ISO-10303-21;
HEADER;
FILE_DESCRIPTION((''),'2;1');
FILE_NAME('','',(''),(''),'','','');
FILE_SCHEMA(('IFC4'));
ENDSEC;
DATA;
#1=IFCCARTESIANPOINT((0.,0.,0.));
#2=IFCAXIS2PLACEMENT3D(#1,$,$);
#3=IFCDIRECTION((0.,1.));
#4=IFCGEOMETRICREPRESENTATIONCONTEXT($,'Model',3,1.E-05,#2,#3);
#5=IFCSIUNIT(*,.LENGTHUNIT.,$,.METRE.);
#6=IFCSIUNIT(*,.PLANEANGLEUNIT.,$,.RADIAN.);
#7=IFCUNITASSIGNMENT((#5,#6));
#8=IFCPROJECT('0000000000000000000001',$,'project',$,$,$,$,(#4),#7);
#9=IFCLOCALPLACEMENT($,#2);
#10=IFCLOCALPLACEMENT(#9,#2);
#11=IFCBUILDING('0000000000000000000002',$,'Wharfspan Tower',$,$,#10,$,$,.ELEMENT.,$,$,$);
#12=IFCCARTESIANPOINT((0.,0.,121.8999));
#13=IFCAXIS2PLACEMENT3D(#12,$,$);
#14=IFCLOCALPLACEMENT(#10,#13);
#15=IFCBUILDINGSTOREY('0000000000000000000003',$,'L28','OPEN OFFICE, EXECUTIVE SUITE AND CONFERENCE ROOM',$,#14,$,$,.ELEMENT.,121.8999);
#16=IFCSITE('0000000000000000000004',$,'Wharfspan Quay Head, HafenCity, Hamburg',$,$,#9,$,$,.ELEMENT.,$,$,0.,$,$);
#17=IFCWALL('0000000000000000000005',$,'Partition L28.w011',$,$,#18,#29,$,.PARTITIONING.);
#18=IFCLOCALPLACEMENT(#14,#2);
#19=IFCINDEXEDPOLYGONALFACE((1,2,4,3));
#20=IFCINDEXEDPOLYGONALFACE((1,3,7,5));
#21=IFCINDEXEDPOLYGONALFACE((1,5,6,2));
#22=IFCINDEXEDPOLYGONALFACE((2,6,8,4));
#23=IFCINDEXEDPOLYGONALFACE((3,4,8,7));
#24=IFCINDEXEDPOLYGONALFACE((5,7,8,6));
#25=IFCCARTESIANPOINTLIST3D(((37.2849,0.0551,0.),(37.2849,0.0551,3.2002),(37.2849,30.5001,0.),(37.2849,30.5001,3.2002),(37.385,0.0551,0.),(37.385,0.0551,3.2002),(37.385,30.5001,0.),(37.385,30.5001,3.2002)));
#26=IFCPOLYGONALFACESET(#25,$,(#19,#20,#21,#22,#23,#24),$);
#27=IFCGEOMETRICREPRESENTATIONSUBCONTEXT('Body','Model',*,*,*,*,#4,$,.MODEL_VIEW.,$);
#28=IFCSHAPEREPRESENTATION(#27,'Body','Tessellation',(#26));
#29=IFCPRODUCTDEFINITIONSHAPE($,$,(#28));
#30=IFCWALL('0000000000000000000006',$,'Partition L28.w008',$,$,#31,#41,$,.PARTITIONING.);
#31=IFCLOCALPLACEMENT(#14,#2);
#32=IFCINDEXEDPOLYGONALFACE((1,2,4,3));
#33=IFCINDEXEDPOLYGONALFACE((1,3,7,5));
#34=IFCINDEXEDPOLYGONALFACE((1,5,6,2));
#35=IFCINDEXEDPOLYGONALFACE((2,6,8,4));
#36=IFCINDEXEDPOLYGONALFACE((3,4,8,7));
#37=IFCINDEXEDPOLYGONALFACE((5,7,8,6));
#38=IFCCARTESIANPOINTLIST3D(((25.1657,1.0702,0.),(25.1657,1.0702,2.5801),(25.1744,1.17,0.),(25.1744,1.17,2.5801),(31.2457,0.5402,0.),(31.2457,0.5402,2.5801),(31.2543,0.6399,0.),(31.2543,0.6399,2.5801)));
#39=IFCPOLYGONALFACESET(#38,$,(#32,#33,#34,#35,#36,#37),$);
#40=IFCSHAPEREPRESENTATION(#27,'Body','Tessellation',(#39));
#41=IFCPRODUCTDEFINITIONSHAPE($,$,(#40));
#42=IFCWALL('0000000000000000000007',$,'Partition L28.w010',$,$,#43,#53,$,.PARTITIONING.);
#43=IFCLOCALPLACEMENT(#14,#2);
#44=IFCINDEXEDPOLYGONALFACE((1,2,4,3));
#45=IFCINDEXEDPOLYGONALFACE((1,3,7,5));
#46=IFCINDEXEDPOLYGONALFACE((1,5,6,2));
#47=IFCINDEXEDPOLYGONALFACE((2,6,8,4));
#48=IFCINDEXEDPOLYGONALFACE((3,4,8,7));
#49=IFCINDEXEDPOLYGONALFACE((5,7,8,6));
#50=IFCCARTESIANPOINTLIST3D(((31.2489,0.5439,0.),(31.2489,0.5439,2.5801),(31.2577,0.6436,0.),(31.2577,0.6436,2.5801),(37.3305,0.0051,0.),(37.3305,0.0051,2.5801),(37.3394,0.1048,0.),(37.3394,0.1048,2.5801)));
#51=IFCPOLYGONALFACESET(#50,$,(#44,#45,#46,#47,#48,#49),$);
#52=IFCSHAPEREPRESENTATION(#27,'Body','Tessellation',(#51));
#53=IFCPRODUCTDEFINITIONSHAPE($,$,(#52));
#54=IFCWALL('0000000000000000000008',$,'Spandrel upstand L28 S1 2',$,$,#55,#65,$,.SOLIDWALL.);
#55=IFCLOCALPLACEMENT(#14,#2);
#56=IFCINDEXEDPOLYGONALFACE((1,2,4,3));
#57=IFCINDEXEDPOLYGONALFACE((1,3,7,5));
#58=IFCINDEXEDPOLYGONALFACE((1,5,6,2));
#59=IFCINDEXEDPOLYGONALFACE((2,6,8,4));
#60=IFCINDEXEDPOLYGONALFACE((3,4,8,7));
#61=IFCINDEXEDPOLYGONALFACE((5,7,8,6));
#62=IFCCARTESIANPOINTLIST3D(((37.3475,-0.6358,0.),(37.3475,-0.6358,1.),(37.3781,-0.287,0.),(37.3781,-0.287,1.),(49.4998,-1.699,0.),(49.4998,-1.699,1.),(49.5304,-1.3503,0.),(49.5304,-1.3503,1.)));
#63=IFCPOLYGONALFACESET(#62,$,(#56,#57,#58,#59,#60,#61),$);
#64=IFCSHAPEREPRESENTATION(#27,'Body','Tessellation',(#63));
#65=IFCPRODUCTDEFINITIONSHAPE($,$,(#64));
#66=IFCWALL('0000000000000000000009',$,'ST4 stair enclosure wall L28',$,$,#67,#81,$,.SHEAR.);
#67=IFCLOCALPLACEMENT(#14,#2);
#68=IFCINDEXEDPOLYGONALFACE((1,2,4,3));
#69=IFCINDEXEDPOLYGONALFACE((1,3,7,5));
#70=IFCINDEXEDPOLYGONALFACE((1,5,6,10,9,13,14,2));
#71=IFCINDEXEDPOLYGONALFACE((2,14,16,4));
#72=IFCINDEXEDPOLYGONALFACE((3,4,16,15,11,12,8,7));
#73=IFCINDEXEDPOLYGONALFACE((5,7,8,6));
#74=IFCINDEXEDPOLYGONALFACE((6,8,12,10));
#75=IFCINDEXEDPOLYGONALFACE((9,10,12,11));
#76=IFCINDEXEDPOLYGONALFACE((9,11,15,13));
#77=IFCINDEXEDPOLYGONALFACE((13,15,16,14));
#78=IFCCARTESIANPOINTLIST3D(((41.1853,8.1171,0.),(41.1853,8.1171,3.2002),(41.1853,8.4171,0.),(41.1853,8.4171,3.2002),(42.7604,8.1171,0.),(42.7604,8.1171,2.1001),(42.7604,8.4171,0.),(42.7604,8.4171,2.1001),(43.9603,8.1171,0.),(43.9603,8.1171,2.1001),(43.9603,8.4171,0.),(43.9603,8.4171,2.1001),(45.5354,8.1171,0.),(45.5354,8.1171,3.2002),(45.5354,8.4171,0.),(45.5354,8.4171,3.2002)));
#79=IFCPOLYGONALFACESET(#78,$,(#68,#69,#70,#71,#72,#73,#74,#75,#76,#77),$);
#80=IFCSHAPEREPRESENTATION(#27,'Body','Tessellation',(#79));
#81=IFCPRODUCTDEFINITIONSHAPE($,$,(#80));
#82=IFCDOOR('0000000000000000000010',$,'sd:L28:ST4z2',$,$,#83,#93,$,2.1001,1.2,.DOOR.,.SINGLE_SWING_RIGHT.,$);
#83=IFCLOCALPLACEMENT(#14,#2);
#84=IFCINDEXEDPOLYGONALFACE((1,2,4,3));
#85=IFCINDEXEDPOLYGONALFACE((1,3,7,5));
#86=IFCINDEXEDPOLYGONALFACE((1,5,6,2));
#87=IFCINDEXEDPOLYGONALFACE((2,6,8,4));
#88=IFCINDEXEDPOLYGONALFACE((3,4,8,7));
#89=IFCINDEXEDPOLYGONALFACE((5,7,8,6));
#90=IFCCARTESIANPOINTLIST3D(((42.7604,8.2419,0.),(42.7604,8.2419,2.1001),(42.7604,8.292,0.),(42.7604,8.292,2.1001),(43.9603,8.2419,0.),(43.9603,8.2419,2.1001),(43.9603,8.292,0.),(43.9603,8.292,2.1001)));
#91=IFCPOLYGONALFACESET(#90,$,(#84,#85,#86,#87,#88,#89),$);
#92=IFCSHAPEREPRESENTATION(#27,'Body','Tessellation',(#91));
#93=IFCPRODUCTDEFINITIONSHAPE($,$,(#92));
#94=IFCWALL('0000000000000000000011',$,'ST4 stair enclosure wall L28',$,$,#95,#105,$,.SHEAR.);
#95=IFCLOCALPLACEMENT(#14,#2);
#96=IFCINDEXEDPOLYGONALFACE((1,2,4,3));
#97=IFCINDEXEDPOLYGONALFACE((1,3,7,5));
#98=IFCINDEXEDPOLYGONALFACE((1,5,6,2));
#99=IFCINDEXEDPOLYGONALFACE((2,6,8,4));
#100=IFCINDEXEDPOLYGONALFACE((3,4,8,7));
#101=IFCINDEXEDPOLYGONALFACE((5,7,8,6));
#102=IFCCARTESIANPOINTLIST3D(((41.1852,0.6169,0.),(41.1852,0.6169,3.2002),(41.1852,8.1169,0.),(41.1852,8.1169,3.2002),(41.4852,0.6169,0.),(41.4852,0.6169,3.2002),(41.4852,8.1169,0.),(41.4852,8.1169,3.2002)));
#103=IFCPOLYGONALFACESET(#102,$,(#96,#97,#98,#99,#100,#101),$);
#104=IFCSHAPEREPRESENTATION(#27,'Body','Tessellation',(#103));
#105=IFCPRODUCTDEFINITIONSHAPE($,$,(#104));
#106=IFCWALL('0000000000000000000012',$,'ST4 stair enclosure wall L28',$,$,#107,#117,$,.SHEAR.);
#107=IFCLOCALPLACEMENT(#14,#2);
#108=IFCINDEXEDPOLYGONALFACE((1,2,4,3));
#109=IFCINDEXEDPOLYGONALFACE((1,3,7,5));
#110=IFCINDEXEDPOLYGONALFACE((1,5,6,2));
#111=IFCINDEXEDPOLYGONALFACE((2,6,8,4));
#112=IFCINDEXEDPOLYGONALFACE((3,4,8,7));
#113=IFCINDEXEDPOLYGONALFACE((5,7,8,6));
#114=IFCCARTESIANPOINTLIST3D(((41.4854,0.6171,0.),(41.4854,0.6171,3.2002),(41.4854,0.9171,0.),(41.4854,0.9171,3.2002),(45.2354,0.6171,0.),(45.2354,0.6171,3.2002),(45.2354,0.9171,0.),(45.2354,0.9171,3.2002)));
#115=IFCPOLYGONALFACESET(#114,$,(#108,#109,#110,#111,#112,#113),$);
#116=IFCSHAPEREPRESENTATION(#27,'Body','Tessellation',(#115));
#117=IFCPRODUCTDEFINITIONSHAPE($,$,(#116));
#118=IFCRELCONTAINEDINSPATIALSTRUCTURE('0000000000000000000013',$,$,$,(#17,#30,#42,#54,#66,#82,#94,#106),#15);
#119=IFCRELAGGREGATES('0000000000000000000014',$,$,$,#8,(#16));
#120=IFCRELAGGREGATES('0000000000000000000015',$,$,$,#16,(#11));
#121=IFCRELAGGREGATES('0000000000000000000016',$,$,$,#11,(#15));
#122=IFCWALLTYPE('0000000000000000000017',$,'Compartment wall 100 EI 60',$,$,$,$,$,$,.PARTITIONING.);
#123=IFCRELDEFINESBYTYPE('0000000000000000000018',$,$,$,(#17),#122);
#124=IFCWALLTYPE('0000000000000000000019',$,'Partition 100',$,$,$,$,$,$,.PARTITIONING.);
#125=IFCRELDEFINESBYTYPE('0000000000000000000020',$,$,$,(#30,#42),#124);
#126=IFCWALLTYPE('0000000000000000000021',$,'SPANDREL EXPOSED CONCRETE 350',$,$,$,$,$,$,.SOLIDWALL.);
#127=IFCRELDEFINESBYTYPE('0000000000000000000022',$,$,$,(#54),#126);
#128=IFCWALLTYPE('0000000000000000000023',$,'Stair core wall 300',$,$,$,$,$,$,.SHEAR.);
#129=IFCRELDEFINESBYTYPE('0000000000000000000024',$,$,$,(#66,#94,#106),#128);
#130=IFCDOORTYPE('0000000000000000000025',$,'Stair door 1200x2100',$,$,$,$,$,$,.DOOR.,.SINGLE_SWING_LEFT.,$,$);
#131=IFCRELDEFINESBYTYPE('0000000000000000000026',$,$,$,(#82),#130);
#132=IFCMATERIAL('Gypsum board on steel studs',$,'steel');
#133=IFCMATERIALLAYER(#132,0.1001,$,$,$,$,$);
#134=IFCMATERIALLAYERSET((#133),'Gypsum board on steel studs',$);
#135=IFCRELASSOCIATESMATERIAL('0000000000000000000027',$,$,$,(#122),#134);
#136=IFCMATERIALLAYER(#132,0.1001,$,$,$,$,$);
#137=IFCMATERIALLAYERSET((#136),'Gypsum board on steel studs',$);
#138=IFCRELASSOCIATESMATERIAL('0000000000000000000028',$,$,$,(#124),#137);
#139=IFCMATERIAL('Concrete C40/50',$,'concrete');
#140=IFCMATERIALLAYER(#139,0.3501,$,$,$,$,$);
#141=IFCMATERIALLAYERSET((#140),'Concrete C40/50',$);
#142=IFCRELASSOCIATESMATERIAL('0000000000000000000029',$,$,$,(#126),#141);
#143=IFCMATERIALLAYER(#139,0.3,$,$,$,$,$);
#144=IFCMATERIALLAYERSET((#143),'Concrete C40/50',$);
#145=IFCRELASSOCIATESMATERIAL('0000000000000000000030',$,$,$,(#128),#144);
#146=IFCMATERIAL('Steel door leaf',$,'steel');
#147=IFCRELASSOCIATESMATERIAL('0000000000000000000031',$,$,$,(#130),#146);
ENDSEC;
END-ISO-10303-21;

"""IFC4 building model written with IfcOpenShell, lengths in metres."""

from ifc_helpers import new_model, si_unit, direction, frame, frame_2d, origin, place, context, subcontext, project, spatial, rectangle, extrude, material, layer, layer_set, type_object, element, fill, save


model = new_model("IFC4")

# Units and contexts
model_context = context("Model", 3, precision=1e-05, world=origin(), true_north=direction((0.0, 1.0)))
body_context = subcontext(model_context, "Body", "Model", "MODEL_VIEW")
ifc_project = project(units=[si_unit("LENGTHUNIT", "METRE"), si_unit("PLANEANGLEUNIT", "RADIAN")], contexts=[model_context])

# Site, building, storey
site_placement = place(None, origin())
site = spatial("IfcSite", under=ifc_project, at=site_placement, Name="Wharfspan Quay Head, HafenCity, Hamburg", CompositionType="ELEMENT", RefElevation=0.0)
building_placement = place(site_placement, origin())
building = spatial("IfcBuilding", under=site, at=building_placement, Name="Wharfspan Tower", CompositionType="ELEMENT")
storey_placement = place(building_placement, frame((0.0, 0.0, 121.8999)))
storey = spatial("IfcBuildingStorey", under=building, at=storey_placement, Name="L28", Description="OPEN OFFICE, EXECUTIVE SUITE AND CONFERENCE ROOM", CompositionType="ELEMENT", Elevation=121.8999)

# Walls
ifc_material_1 = material(Name="Gypsum board on steel studs", Category="steel")
ifc_layer_1 = layer(ifc_material_1, 0.1001)
ifc_layer_set_1 = layer_set([ifc_layer_1], Name="Gypsum board on steel studs")
wall_type_1 = type_object("IfcWallType", Name="Compartment wall 100 EI 60", PredefinedType="PARTITIONING", material=ifc_layer_set_1)
wall_1_placement = place(storey_placement, frame((37.335, 0.0549, 0.0), z_axis=(0.0, 0.0, 1.0), x_axis=(0.0, 1.0, 0.0)))
element("IfcWall", 1, at=wall_1_placement, inside=storey, type_object=wall_type_1, Name="Partition L28.w011", PredefinedType="PARTITIONING", context=body_context, shape_type="SweptSolid", body=[
    extrude(rectangle(XDim=30.4451, YDim=0.1001, at=frame_2d((15.2227, 0.0))), origin(), (0.0, 0.0, 1.0), 3.2002),
])
ifc_layer_2 = layer(ifc_material_1, 0.1001)
ifc_layer_set_2 = layer_set([ifc_layer_2], Name="Gypsum board on steel studs")
wall_type_2 = type_object("IfcWallType", Name="Partition 100", PredefinedType="PARTITIONING", material=ifc_layer_set_2)
wall_2_placement = place(storey_placement, frame((31.25, 0.5901, 0.0), z_axis=(0.0, 0.0, 1.0), x_axis=(-0.996218, 0.086845, 0.0)))
element("IfcWall", 2, at=wall_2_placement, inside=storey, type_object=wall_type_2, Name="Partition L28.w008", PredefinedType="PARTITIONING", context=body_context, shape_type="SweptSolid", body=[
    extrude(rectangle(XDim=6.103, YDim=0.1001, at=frame_2d((3.0515, 0.0))), origin(), (0.0, 0.0, 1.0), 2.5801),
])
wall_3_placement = place(storey_placement, frame((37.335, 0.0549, 0.0), z_axis=(0.0, 0.0, 1.0), x_axis=(-0.996095, 0.088253, 0.0)))
element("IfcWall", 3, at=wall_3_placement, inside=storey, type_object=wall_type_2, Name="Partition L28.w010", PredefinedType="PARTITIONING", context=body_context, shape_type="SweptSolid", body=[
    extrude(rectangle(XDim=6.1055, YDim=0.1001, at=frame_2d((3.0527, 0.0))), origin(), (0.0, 0.0, 1.0), 2.5801),
])
ifc_material_2 = material(Name="Concrete C40/50", Category="concrete")
ifc_layer_3 = layer(ifc_material_2, 0.3501)
ifc_layer_set_3 = layer_set([ifc_layer_3], Name="Concrete C40/50")
wall_type_3 = type_object("IfcWallType", Name="SPANDREL EXPOSED CONCRETE 350", PredefinedType="SOLIDWALL", material=ifc_layer_set_3)
wall_4_placement = place(storey_placement, frame((37.3628, -0.4614, 0.0), z_axis=(0.0, 0.0, 1.0), x_axis=(0.996194, -0.087159, 0.0)))
element("IfcWall", 4, at=wall_4_placement, inside=storey, type_object=wall_type_3, Name="Spandrel upstand L28 S1 2", PredefinedType="SOLIDWALL", context=body_context, shape_type="SweptSolid", body=[
    extrude(rectangle(XDim=12.1987, YDim=0.3501, at=frame_2d((6.0994, 0.0))), origin(), (0.0, 0.0, 1.0), 1.0),
])

# Wall, opening, door
ifc_layer_4 = layer(ifc_material_2, 0.3)
ifc_layer_set_4 = layer_set([ifc_layer_4], Name="Concrete C40/50")
wall_type_4 = type_object("IfcWallType", Name="Stair core wall 300", PredefinedType="SHEAR", material=ifc_layer_set_4)
wall_5_placement = place(storey_placement, frame((41.1853, 8.2671, 0.0), z_axis=(0.0, 0.0, 1.0), x_axis=(1.0, 0.0, 0.0)))
wall_5 = element("IfcWall", 5, at=wall_5_placement, inside=storey, type_object=wall_type_4, Name="ST4 stair enclosure wall L28", PredefinedType="SHEAR", context=body_context, shape_type="SweptSolid", body=[
    extrude(rectangle(XDim=4.3501, YDim=0.3, at=frame_2d((2.175, 0.0))), origin(), (0.0, 0.0, 1.0), 3.2002),
])
opening_placement = place(wall_5_placement, frame((1.575, 0.0, 0.0)))
opening = element("IfcOpeningElement", 6, at=opening_placement, cuts=wall_5, PredefinedType="OPENING", context=body_context, shape_type="SweptSolid", body=[
    extrude(rectangle(XDim=1.2, YDim=2.1001, at=frame_2d((0.6001, 1.05))), frame((0.0, 0.1599, 0.0), z_axis=(0.0, -1.0, 0.0), x_axis=(1.0, 0.0, 0.0)), (0.0, 0.0, 1.0), 0.3201),
])
ifc_material_3 = material(Name="Steel door leaf", Category="steel")
door_type = type_object("IfcDoorType", Name="Stair door 1200x2100", OperationType="SINGLE_SWING_LEFT", PredefinedType="DOOR", material=ifc_material_3)
door_placement = place(opening_placement, origin())
door = element("IfcDoor", 7, at=door_placement, inside=storey, type_object=door_type, Name="sd:L28:ST4z2", OperationType="SINGLE_SWING_RIGHT", OverallHeight=2.1001, OverallWidth=1.2, PredefinedType="DOOR", context=body_context, shape_type="SweptSolid", body=[
    extrude(rectangle(XDim=1.2, YDim=2.1001, at=frame_2d((0.6001, 1.05))), frame((0.0, 0.0249, 0.0), z_axis=(0.0, -1.0, 0.0), x_axis=(1.0, 0.0, 0.0)), (0.0, 0.0, 1.0), 0.05),
])
fill(opening, door)

# Walls
wall_6_placement = place(storey_placement, frame((41.3352, 0.6169, 0.0), z_axis=(0.0, 0.0, 1.0), x_axis=(0.0, 1.0, 0.0)))
element("IfcWall", 8, at=wall_6_placement, inside=storey, type_object=wall_type_4, Name="ST4 stair enclosure wall L28", PredefinedType="SHEAR", context=body_context, shape_type="SweptSolid", body=[
    extrude(rectangle(XDim=7.5, YDim=0.3, at=frame_2d((3.75, 0.0))), origin(), (0.0, 0.0, 1.0), 3.2002),
])
wall_7_placement = place(storey_placement, frame((41.4854, 0.7671, 0.0), z_axis=(0.0, 0.0, 1.0), x_axis=(1.0, 0.0, 0.0)))
element("IfcWall", 9, at=wall_7_placement, inside=storey, type_object=wall_type_4, Name="ST4 stair enclosure wall L28", PredefinedType="SHEAR", context=body_context, shape_type="SweptSolid", body=[
    extrude(rectangle(XDim=3.75, YDim=0.3, at=frame_2d((1.875, 0.0))), origin(), (0.0, 0.0, 1.0), 3.2002),
])

save(model, "model.ifc")
